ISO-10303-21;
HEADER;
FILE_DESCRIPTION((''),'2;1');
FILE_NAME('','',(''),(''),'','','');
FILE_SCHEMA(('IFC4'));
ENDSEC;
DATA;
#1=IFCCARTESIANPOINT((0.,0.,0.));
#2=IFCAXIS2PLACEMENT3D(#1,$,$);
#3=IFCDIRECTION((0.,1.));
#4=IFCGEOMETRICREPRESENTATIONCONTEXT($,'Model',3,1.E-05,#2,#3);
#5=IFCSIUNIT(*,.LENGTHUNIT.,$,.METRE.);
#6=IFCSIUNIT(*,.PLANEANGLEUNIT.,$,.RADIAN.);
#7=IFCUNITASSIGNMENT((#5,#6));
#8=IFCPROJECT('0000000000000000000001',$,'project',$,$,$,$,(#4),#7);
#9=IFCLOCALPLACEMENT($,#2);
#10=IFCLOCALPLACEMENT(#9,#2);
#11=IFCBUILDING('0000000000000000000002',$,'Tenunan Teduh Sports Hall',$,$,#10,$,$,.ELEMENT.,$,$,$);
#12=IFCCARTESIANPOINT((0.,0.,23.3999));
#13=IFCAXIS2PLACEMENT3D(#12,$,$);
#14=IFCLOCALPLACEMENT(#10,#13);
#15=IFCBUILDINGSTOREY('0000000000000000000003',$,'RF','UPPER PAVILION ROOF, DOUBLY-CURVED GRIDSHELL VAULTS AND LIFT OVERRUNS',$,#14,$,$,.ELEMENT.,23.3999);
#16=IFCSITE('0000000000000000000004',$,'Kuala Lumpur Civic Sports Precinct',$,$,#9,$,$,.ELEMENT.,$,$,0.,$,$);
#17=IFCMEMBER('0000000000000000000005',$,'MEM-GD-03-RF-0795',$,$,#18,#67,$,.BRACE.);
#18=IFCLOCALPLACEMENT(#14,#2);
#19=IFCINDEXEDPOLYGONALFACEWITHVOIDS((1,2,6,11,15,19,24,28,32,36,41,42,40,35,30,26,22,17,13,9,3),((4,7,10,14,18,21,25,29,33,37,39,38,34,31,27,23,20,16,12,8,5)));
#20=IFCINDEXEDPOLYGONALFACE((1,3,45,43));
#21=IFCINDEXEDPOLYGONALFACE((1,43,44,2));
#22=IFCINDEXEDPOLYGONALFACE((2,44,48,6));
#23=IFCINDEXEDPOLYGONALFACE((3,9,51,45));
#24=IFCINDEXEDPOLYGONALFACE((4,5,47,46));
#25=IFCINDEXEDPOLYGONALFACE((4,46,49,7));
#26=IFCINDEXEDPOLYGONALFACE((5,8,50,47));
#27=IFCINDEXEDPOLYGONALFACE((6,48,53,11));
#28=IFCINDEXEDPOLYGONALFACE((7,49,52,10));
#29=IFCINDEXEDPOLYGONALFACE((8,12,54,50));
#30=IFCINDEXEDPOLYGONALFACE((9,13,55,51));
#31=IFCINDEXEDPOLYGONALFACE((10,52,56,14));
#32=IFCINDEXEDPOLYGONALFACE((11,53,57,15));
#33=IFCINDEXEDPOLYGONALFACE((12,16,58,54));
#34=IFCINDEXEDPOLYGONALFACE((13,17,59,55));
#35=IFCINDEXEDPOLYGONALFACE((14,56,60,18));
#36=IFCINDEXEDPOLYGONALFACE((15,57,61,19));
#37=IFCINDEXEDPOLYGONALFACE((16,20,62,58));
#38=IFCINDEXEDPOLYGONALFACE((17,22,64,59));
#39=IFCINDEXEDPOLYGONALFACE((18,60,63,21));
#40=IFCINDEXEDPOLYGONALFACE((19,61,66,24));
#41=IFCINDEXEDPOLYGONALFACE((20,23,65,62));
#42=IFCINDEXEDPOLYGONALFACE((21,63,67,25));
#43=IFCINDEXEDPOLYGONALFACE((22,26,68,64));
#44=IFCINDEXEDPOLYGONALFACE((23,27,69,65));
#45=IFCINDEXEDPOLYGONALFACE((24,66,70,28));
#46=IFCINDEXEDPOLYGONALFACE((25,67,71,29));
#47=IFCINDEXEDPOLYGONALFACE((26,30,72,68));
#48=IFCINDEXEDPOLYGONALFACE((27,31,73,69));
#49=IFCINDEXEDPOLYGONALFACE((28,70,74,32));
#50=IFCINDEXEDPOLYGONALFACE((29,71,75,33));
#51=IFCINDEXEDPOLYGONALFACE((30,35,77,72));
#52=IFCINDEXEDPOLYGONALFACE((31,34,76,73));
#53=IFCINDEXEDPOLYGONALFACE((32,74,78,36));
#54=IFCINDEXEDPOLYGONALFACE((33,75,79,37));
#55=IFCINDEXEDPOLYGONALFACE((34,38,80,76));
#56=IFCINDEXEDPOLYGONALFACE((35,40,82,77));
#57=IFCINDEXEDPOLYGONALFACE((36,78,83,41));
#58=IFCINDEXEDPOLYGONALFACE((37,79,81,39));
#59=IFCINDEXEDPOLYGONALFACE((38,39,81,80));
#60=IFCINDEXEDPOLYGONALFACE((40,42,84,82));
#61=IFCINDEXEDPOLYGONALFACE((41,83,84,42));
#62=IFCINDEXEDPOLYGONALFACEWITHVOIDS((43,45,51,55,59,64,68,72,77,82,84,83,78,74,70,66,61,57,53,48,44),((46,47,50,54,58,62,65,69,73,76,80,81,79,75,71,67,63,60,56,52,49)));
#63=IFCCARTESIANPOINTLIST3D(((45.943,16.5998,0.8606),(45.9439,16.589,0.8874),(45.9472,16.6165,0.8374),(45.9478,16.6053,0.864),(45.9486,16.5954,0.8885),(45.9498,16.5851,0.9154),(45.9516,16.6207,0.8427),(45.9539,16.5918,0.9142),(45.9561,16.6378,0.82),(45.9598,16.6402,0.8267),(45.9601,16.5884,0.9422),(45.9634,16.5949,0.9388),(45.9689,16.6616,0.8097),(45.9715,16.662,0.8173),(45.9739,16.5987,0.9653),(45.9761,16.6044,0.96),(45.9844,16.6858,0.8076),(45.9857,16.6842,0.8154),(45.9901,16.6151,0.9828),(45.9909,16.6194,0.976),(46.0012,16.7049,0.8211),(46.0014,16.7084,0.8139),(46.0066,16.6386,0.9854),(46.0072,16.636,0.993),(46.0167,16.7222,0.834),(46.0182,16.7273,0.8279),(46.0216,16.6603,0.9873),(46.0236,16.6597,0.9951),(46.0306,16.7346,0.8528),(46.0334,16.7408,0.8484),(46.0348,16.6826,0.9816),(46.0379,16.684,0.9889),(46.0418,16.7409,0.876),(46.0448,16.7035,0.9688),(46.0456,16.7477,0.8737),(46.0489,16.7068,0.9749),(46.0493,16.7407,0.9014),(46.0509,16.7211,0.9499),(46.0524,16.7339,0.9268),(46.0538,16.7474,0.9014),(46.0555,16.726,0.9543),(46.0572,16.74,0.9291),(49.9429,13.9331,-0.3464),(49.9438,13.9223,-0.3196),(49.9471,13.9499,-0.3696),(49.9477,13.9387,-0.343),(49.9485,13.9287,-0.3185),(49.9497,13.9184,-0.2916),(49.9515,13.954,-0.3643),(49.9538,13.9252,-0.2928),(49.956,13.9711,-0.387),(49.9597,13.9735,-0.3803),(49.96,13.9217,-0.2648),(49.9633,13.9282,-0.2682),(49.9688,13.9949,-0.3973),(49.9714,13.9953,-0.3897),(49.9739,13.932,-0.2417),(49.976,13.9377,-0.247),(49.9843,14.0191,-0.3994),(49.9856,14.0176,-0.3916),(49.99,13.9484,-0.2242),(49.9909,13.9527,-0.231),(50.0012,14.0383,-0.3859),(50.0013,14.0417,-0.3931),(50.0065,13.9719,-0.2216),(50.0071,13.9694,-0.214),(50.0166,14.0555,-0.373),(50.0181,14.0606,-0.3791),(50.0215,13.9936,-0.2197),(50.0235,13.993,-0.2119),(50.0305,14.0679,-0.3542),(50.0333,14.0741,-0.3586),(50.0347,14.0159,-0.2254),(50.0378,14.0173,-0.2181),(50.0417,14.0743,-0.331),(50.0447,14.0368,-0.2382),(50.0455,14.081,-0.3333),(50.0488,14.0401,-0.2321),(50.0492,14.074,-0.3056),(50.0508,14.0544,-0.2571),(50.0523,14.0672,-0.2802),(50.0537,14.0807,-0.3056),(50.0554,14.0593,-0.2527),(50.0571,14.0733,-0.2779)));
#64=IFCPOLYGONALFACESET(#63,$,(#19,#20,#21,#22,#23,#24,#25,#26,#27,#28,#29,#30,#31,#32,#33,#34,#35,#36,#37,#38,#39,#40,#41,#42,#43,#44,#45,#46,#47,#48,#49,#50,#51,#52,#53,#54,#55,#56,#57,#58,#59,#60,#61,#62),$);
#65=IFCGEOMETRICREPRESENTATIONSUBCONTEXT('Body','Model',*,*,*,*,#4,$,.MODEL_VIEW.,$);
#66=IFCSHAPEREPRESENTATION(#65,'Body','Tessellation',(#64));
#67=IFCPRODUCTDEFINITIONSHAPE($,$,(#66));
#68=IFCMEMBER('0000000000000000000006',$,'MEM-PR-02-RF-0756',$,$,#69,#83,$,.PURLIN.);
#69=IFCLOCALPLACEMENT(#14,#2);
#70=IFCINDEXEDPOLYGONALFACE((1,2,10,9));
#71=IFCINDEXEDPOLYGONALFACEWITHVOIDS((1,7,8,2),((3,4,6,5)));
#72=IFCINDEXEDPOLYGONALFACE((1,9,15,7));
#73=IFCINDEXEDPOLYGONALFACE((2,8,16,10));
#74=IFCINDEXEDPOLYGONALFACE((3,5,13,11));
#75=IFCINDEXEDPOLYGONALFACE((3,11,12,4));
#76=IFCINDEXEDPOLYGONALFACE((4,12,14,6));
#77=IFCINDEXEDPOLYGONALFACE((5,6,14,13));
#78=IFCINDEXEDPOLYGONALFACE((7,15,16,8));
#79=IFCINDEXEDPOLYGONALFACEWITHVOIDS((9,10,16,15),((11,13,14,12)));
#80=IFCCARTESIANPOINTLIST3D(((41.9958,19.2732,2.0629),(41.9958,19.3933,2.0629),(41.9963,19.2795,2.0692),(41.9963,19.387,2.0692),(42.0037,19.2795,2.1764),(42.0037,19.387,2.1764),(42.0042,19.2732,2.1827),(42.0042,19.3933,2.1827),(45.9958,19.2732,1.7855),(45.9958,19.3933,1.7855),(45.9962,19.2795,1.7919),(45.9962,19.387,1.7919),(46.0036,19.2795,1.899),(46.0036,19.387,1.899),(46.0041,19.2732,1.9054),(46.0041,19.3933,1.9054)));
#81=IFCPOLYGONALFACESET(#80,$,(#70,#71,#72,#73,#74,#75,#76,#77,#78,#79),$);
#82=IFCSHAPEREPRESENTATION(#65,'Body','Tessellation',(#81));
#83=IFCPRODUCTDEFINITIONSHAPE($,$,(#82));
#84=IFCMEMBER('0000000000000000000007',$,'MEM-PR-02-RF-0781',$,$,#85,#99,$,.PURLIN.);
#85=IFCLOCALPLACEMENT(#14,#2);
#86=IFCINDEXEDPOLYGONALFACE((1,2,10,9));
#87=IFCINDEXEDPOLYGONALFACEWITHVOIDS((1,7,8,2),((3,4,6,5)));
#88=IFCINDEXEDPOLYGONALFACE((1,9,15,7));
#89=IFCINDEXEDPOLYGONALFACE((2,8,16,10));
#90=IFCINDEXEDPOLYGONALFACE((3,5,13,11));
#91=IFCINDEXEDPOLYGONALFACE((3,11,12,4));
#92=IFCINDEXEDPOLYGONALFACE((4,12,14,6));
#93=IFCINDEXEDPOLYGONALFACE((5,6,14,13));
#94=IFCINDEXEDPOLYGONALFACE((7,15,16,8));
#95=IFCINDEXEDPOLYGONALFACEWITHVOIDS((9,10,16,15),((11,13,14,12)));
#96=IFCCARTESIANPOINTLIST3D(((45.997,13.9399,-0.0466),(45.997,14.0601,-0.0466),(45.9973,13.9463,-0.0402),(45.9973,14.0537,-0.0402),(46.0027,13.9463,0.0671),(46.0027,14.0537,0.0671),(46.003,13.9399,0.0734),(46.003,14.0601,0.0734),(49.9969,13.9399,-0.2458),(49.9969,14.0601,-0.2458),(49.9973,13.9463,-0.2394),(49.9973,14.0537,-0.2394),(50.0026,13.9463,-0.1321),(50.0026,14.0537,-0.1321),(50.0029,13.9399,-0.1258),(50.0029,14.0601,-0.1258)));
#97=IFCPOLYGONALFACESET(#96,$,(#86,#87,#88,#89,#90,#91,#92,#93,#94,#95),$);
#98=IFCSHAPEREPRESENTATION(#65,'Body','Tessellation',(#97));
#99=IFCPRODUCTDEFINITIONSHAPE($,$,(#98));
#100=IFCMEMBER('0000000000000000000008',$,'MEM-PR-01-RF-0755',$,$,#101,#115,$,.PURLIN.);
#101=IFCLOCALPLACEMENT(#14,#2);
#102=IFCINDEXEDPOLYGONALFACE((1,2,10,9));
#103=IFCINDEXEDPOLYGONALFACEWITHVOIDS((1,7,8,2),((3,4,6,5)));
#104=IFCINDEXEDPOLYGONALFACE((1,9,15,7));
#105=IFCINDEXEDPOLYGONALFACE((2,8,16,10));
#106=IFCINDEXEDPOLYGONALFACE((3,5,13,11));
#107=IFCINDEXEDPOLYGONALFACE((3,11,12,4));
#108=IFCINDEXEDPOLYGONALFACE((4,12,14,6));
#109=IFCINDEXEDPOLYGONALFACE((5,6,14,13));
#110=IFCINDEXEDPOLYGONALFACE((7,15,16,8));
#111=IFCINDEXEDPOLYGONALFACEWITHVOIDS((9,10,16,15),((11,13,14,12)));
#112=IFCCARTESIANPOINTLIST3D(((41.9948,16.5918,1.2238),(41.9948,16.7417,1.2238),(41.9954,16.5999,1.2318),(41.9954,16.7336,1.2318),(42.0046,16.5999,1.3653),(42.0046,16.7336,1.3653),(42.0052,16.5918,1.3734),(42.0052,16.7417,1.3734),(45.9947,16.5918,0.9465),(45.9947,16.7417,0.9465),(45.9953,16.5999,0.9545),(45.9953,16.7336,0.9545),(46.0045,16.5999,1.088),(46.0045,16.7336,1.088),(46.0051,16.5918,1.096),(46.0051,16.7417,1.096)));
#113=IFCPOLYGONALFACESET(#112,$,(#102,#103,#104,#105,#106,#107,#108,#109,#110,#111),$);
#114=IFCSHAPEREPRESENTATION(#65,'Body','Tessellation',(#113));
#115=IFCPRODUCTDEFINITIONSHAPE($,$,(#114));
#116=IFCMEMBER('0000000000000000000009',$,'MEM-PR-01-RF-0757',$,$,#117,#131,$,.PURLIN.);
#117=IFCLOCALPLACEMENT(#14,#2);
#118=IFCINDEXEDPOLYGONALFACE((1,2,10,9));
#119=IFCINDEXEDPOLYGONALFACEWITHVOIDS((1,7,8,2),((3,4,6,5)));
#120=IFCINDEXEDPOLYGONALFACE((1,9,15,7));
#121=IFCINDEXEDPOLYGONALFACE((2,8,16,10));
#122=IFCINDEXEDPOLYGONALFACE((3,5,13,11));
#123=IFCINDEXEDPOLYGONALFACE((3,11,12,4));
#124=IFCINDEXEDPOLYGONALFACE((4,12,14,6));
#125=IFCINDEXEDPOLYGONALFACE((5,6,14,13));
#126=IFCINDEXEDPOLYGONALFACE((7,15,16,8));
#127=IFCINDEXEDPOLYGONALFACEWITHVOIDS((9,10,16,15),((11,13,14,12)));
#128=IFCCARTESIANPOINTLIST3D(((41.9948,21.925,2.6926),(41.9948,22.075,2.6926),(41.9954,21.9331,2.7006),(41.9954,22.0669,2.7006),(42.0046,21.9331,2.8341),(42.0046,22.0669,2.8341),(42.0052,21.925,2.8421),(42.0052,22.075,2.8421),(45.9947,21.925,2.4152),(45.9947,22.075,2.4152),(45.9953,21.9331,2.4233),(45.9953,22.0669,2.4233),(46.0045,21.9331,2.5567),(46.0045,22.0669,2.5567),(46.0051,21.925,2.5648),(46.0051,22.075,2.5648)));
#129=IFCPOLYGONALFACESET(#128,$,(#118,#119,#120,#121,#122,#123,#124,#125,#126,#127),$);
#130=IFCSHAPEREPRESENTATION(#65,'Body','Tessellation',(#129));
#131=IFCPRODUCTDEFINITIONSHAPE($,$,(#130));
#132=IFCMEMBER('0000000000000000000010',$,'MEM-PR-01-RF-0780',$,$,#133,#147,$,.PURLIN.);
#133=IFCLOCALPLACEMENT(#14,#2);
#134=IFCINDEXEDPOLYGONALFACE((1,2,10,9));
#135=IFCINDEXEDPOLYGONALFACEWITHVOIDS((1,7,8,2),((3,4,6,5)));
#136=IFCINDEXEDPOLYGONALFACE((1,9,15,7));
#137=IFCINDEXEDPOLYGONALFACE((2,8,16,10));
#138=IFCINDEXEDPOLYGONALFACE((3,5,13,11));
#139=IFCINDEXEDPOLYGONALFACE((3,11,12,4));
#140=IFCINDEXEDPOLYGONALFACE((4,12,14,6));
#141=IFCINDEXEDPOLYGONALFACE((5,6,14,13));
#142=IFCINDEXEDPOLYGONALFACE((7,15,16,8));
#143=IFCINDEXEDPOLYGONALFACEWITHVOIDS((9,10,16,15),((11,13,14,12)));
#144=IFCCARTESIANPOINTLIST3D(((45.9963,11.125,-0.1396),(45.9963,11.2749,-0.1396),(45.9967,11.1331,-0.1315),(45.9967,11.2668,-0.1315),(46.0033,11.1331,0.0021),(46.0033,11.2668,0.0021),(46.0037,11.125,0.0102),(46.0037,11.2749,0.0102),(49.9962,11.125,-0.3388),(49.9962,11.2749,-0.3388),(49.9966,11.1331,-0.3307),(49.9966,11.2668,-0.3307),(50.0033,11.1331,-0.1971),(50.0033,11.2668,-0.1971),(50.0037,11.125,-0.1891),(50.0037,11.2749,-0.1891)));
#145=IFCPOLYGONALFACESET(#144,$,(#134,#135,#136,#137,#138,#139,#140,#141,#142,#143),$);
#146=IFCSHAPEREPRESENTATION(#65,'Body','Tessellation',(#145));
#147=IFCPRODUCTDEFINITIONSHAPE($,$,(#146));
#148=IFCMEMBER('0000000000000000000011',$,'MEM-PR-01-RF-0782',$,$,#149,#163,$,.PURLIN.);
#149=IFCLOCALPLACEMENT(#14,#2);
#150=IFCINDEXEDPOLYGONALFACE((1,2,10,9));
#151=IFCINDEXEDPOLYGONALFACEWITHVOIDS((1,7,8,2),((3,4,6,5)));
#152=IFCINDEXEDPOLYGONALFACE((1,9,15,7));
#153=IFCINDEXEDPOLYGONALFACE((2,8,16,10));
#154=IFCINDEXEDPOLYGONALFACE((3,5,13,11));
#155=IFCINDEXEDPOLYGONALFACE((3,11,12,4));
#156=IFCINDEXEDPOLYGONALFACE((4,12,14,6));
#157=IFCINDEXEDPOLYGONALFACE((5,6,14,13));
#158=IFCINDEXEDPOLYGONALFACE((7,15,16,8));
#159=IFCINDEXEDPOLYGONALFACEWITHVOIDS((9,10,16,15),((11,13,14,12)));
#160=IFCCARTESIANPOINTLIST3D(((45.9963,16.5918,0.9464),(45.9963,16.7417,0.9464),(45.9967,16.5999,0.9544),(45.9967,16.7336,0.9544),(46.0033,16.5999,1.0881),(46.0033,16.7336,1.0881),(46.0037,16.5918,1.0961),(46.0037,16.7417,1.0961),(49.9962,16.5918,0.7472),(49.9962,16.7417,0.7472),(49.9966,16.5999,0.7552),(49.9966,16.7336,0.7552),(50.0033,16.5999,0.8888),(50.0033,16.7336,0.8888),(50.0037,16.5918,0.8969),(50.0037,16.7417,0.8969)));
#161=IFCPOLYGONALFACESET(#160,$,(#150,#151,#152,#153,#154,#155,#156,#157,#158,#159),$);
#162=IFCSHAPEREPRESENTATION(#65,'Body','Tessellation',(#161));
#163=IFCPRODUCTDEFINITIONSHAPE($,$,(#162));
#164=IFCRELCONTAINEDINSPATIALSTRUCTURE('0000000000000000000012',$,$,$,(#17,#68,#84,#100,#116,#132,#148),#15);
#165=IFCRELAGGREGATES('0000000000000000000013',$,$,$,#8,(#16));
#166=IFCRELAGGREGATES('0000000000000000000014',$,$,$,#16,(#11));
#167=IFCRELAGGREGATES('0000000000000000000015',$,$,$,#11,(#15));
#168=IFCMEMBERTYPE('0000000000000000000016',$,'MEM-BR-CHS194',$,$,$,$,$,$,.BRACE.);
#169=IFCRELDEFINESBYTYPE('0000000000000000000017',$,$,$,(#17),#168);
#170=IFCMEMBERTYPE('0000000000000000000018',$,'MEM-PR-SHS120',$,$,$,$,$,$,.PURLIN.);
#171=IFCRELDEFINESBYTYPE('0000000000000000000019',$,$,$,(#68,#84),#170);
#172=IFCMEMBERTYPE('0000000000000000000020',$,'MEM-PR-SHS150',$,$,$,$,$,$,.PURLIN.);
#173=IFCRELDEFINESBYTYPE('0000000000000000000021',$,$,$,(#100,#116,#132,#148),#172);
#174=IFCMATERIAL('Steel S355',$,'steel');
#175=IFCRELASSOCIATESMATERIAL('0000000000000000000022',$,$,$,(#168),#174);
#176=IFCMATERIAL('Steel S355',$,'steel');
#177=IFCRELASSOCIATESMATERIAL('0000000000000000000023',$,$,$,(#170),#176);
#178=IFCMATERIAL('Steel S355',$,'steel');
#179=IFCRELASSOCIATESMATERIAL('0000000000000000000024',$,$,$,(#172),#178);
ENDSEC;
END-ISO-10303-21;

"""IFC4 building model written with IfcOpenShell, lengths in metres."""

from ifc_helpers import new_model, si_unit, direction, frame, origin, origin_2d, place, context, subcontext, project, spatial, hollow_rectangle, hollow_circle, extrude, material, material_profile, profile_set, type_object, element, save


model = new_model("IFC4")

# Units and contexts
model_context = context("Model", 3, precision=1e-05, world=origin(), true_north=direction((0.0, 1.0)))
body_context = subcontext(model_context, "Body", "Model", "MODEL_VIEW")
ifc_project = project(units=[si_unit("LENGTHUNIT", "METRE"), si_unit("PLANEANGLEUNIT", "RADIAN")], contexts=[model_context])

# Site, building, storey
site_placement = place(None, origin())
site = spatial("IfcSite", under=ifc_project, at=site_placement, Name="Kuala Lumpur Civic Sports Precinct", CompositionType="ELEMENT", RefElevation=0.0)
building_placement = place(site_placement, origin())
building = spatial("IfcBuilding", under=site, at=building_placement, Name="Tenunan Teduh Sports Hall", CompositionType="ELEMENT")
storey_placement = place(building_placement, frame((0.0, 0.0, 23.3999)))
storey = spatial("IfcBuildingStorey", under=building, at=storey_placement, Name="RF", Description="UPPER PAVILION ROOF, DOUBLY-CURVED GRIDSHELL VAULTS AND LIFT OVERRUNS", CompositionType="ELEMENT", Elevation=23.3999)

# Members
ifc_material_1 = material(Name="Steel S355", Category="steel")
ifc_material_profile_1 = material_profile(ifc_material_1, hollow_circle(Radius=0.0969, WallThickness=0.0081, at=origin_2d()), Name="CHS 193.7x8.0")
ifc_profile_set_1 = profile_set([ifc_material_profile_1], Name="Steel S355")
member_type_1 = type_object("IfcMemberType", Name="MEM-BR-CHS194", PredefinedType="BRACE", material=ifc_profile_set_1)
member_1_placement = place(storey_placement, frame((46.0, 16.6667, 0.9014), z_axis=(0.806995, -0.538013, -0.243517), x_axis=(0.554712, 0.832042, 0.0)))
element("IfcMember", 1, at=member_1_placement, inside=storey, type_object=member_type_1, Name="MEM-GD-03-RF-0795", PredefinedType="BRACE", context=body_context, shape_type="SweptSolid", body=[
    extrude(hollow_circle(Radius=0.0969, WallThickness=0.0081, at=origin_2d()), origin(), (0.0, 0.0, 1.0), 4.9565),
])
ifc_material_2 = material(Name="Steel S355", Category="steel")
ifc_material_profile_2 = material_profile(ifc_material_2, hollow_rectangle(XDim=0.1201, YDim=0.1201, WallThickness=0.0063, at=origin_2d()), Name="SHS 120x120x6.3")
ifc_profile_set_2 = profile_set([ifc_material_profile_2], Name="Steel S355")
member_type_2 = type_object("IfcMemberType", Name="MEM-PR-SHS120", PredefinedType="PURLIN", material=ifc_profile_set_2)
member_2_placement = place(storey_placement, frame((42.0, 19.3333, 2.1228), z_axis=(0.997605, 0.0, -0.06917), x_axis=(0.0, 1.0, 0.0)))
element("IfcMember", 2, at=member_2_placement, inside=storey, type_object=member_type_2, Name="MEM-PR-02-RF-0756", PredefinedType="PURLIN", context=body_context, shape_type="SweptSolid", body=[
    extrude(hollow_rectangle(XDim=0.1201, YDim=0.1201, WallThickness=0.0063, at=origin_2d()), origin(), (0.0, 0.0, 1.0), 4.0095),
])
member_3_placement = place(storey_placement, frame((46.0, 14.0, 0.0134), z_axis=(0.998762, 0.0, -0.049743), x_axis=(0.0, 1.0, 0.0)))
element("IfcMember", 3, at=member_3_placement, inside=storey, type_object=member_type_2, Name="MEM-PR-02-RF-0781", PredefinedType="PURLIN", context=body_context, shape_type="SweptSolid", body=[
    extrude(hollow_rectangle(XDim=0.1201, YDim=0.1201, WallThickness=0.0063, at=origin_2d()), origin(), (0.0, 0.0, 1.0), 4.0049),
])
ifc_material_3 = material(Name="Steel S355", Category="steel")
ifc_material_profile_3 = material_profile(ifc_material_3, hollow_rectangle(XDim=0.1499, YDim=0.1499, WallThickness=0.0081, at=origin_2d()), Name="SHS 150x150x8.0")
ifc_profile_set_3 = profile_set([ifc_material_profile_3], Name="Steel S355")
member_type_3 = type_object("IfcMemberType", Name="MEM-PR-SHS150", PredefinedType="PURLIN", material=ifc_profile_set_3)
for number, where, z_axis, x_axis, name in (
    (4, (42.0, 16.6667, 1.2986), (0.997605, 0.0, -0.06917), (0.0, 1.0, 0.0), "MEM-PR-01-RF-0755"),
    (5, (42.0, 22.0, 2.7673), (0.997605, 0.0, -0.06917), (0.0, 1.0, 0.0), "MEM-PR-01-RF-0757"),
):
    element("IfcMember", number, at=place(storey_placement, frame(where, z_axis=z_axis, x_axis=x_axis)), inside=storey, type_object=member_type_3, Name=name, PredefinedType="PURLIN", context=body_context, shape_type="SweptSolid", body=[
        extrude(hollow_rectangle(XDim=0.1499, YDim=0.1499, WallThickness=0.0081, at=origin_2d()), origin(), (0.0, 0.0, 1.0), 4.0095),
    ])
for number, where, z_axis, x_axis, name in (
    (6, (46.0, 11.2, -0.0647), (0.998762, 0.0, -0.049743), (0.0, 1.0, 0.0), "MEM-PR-01-RF-0780"),
    (7, (46.0, 16.6667, 1.0212), (0.998762, 0.0, -0.049743), (0.0, 1.0, 0.0), "MEM-PR-01-RF-0782"),
):
    element("IfcMember", number, at=place(storey_placement, frame(where, z_axis=z_axis, x_axis=x_axis)), inside=storey, type_object=member_type_3, Name=name, PredefinedType="PURLIN", context=body_context, shape_type="SweptSolid", body=[
        extrude(hollow_rectangle(XDim=0.1499, YDim=0.1499, WallThickness=0.0081, at=origin_2d()), origin(), (0.0, 0.0, 1.0), 4.0049),
    ])

save(model, "model.ifc")
